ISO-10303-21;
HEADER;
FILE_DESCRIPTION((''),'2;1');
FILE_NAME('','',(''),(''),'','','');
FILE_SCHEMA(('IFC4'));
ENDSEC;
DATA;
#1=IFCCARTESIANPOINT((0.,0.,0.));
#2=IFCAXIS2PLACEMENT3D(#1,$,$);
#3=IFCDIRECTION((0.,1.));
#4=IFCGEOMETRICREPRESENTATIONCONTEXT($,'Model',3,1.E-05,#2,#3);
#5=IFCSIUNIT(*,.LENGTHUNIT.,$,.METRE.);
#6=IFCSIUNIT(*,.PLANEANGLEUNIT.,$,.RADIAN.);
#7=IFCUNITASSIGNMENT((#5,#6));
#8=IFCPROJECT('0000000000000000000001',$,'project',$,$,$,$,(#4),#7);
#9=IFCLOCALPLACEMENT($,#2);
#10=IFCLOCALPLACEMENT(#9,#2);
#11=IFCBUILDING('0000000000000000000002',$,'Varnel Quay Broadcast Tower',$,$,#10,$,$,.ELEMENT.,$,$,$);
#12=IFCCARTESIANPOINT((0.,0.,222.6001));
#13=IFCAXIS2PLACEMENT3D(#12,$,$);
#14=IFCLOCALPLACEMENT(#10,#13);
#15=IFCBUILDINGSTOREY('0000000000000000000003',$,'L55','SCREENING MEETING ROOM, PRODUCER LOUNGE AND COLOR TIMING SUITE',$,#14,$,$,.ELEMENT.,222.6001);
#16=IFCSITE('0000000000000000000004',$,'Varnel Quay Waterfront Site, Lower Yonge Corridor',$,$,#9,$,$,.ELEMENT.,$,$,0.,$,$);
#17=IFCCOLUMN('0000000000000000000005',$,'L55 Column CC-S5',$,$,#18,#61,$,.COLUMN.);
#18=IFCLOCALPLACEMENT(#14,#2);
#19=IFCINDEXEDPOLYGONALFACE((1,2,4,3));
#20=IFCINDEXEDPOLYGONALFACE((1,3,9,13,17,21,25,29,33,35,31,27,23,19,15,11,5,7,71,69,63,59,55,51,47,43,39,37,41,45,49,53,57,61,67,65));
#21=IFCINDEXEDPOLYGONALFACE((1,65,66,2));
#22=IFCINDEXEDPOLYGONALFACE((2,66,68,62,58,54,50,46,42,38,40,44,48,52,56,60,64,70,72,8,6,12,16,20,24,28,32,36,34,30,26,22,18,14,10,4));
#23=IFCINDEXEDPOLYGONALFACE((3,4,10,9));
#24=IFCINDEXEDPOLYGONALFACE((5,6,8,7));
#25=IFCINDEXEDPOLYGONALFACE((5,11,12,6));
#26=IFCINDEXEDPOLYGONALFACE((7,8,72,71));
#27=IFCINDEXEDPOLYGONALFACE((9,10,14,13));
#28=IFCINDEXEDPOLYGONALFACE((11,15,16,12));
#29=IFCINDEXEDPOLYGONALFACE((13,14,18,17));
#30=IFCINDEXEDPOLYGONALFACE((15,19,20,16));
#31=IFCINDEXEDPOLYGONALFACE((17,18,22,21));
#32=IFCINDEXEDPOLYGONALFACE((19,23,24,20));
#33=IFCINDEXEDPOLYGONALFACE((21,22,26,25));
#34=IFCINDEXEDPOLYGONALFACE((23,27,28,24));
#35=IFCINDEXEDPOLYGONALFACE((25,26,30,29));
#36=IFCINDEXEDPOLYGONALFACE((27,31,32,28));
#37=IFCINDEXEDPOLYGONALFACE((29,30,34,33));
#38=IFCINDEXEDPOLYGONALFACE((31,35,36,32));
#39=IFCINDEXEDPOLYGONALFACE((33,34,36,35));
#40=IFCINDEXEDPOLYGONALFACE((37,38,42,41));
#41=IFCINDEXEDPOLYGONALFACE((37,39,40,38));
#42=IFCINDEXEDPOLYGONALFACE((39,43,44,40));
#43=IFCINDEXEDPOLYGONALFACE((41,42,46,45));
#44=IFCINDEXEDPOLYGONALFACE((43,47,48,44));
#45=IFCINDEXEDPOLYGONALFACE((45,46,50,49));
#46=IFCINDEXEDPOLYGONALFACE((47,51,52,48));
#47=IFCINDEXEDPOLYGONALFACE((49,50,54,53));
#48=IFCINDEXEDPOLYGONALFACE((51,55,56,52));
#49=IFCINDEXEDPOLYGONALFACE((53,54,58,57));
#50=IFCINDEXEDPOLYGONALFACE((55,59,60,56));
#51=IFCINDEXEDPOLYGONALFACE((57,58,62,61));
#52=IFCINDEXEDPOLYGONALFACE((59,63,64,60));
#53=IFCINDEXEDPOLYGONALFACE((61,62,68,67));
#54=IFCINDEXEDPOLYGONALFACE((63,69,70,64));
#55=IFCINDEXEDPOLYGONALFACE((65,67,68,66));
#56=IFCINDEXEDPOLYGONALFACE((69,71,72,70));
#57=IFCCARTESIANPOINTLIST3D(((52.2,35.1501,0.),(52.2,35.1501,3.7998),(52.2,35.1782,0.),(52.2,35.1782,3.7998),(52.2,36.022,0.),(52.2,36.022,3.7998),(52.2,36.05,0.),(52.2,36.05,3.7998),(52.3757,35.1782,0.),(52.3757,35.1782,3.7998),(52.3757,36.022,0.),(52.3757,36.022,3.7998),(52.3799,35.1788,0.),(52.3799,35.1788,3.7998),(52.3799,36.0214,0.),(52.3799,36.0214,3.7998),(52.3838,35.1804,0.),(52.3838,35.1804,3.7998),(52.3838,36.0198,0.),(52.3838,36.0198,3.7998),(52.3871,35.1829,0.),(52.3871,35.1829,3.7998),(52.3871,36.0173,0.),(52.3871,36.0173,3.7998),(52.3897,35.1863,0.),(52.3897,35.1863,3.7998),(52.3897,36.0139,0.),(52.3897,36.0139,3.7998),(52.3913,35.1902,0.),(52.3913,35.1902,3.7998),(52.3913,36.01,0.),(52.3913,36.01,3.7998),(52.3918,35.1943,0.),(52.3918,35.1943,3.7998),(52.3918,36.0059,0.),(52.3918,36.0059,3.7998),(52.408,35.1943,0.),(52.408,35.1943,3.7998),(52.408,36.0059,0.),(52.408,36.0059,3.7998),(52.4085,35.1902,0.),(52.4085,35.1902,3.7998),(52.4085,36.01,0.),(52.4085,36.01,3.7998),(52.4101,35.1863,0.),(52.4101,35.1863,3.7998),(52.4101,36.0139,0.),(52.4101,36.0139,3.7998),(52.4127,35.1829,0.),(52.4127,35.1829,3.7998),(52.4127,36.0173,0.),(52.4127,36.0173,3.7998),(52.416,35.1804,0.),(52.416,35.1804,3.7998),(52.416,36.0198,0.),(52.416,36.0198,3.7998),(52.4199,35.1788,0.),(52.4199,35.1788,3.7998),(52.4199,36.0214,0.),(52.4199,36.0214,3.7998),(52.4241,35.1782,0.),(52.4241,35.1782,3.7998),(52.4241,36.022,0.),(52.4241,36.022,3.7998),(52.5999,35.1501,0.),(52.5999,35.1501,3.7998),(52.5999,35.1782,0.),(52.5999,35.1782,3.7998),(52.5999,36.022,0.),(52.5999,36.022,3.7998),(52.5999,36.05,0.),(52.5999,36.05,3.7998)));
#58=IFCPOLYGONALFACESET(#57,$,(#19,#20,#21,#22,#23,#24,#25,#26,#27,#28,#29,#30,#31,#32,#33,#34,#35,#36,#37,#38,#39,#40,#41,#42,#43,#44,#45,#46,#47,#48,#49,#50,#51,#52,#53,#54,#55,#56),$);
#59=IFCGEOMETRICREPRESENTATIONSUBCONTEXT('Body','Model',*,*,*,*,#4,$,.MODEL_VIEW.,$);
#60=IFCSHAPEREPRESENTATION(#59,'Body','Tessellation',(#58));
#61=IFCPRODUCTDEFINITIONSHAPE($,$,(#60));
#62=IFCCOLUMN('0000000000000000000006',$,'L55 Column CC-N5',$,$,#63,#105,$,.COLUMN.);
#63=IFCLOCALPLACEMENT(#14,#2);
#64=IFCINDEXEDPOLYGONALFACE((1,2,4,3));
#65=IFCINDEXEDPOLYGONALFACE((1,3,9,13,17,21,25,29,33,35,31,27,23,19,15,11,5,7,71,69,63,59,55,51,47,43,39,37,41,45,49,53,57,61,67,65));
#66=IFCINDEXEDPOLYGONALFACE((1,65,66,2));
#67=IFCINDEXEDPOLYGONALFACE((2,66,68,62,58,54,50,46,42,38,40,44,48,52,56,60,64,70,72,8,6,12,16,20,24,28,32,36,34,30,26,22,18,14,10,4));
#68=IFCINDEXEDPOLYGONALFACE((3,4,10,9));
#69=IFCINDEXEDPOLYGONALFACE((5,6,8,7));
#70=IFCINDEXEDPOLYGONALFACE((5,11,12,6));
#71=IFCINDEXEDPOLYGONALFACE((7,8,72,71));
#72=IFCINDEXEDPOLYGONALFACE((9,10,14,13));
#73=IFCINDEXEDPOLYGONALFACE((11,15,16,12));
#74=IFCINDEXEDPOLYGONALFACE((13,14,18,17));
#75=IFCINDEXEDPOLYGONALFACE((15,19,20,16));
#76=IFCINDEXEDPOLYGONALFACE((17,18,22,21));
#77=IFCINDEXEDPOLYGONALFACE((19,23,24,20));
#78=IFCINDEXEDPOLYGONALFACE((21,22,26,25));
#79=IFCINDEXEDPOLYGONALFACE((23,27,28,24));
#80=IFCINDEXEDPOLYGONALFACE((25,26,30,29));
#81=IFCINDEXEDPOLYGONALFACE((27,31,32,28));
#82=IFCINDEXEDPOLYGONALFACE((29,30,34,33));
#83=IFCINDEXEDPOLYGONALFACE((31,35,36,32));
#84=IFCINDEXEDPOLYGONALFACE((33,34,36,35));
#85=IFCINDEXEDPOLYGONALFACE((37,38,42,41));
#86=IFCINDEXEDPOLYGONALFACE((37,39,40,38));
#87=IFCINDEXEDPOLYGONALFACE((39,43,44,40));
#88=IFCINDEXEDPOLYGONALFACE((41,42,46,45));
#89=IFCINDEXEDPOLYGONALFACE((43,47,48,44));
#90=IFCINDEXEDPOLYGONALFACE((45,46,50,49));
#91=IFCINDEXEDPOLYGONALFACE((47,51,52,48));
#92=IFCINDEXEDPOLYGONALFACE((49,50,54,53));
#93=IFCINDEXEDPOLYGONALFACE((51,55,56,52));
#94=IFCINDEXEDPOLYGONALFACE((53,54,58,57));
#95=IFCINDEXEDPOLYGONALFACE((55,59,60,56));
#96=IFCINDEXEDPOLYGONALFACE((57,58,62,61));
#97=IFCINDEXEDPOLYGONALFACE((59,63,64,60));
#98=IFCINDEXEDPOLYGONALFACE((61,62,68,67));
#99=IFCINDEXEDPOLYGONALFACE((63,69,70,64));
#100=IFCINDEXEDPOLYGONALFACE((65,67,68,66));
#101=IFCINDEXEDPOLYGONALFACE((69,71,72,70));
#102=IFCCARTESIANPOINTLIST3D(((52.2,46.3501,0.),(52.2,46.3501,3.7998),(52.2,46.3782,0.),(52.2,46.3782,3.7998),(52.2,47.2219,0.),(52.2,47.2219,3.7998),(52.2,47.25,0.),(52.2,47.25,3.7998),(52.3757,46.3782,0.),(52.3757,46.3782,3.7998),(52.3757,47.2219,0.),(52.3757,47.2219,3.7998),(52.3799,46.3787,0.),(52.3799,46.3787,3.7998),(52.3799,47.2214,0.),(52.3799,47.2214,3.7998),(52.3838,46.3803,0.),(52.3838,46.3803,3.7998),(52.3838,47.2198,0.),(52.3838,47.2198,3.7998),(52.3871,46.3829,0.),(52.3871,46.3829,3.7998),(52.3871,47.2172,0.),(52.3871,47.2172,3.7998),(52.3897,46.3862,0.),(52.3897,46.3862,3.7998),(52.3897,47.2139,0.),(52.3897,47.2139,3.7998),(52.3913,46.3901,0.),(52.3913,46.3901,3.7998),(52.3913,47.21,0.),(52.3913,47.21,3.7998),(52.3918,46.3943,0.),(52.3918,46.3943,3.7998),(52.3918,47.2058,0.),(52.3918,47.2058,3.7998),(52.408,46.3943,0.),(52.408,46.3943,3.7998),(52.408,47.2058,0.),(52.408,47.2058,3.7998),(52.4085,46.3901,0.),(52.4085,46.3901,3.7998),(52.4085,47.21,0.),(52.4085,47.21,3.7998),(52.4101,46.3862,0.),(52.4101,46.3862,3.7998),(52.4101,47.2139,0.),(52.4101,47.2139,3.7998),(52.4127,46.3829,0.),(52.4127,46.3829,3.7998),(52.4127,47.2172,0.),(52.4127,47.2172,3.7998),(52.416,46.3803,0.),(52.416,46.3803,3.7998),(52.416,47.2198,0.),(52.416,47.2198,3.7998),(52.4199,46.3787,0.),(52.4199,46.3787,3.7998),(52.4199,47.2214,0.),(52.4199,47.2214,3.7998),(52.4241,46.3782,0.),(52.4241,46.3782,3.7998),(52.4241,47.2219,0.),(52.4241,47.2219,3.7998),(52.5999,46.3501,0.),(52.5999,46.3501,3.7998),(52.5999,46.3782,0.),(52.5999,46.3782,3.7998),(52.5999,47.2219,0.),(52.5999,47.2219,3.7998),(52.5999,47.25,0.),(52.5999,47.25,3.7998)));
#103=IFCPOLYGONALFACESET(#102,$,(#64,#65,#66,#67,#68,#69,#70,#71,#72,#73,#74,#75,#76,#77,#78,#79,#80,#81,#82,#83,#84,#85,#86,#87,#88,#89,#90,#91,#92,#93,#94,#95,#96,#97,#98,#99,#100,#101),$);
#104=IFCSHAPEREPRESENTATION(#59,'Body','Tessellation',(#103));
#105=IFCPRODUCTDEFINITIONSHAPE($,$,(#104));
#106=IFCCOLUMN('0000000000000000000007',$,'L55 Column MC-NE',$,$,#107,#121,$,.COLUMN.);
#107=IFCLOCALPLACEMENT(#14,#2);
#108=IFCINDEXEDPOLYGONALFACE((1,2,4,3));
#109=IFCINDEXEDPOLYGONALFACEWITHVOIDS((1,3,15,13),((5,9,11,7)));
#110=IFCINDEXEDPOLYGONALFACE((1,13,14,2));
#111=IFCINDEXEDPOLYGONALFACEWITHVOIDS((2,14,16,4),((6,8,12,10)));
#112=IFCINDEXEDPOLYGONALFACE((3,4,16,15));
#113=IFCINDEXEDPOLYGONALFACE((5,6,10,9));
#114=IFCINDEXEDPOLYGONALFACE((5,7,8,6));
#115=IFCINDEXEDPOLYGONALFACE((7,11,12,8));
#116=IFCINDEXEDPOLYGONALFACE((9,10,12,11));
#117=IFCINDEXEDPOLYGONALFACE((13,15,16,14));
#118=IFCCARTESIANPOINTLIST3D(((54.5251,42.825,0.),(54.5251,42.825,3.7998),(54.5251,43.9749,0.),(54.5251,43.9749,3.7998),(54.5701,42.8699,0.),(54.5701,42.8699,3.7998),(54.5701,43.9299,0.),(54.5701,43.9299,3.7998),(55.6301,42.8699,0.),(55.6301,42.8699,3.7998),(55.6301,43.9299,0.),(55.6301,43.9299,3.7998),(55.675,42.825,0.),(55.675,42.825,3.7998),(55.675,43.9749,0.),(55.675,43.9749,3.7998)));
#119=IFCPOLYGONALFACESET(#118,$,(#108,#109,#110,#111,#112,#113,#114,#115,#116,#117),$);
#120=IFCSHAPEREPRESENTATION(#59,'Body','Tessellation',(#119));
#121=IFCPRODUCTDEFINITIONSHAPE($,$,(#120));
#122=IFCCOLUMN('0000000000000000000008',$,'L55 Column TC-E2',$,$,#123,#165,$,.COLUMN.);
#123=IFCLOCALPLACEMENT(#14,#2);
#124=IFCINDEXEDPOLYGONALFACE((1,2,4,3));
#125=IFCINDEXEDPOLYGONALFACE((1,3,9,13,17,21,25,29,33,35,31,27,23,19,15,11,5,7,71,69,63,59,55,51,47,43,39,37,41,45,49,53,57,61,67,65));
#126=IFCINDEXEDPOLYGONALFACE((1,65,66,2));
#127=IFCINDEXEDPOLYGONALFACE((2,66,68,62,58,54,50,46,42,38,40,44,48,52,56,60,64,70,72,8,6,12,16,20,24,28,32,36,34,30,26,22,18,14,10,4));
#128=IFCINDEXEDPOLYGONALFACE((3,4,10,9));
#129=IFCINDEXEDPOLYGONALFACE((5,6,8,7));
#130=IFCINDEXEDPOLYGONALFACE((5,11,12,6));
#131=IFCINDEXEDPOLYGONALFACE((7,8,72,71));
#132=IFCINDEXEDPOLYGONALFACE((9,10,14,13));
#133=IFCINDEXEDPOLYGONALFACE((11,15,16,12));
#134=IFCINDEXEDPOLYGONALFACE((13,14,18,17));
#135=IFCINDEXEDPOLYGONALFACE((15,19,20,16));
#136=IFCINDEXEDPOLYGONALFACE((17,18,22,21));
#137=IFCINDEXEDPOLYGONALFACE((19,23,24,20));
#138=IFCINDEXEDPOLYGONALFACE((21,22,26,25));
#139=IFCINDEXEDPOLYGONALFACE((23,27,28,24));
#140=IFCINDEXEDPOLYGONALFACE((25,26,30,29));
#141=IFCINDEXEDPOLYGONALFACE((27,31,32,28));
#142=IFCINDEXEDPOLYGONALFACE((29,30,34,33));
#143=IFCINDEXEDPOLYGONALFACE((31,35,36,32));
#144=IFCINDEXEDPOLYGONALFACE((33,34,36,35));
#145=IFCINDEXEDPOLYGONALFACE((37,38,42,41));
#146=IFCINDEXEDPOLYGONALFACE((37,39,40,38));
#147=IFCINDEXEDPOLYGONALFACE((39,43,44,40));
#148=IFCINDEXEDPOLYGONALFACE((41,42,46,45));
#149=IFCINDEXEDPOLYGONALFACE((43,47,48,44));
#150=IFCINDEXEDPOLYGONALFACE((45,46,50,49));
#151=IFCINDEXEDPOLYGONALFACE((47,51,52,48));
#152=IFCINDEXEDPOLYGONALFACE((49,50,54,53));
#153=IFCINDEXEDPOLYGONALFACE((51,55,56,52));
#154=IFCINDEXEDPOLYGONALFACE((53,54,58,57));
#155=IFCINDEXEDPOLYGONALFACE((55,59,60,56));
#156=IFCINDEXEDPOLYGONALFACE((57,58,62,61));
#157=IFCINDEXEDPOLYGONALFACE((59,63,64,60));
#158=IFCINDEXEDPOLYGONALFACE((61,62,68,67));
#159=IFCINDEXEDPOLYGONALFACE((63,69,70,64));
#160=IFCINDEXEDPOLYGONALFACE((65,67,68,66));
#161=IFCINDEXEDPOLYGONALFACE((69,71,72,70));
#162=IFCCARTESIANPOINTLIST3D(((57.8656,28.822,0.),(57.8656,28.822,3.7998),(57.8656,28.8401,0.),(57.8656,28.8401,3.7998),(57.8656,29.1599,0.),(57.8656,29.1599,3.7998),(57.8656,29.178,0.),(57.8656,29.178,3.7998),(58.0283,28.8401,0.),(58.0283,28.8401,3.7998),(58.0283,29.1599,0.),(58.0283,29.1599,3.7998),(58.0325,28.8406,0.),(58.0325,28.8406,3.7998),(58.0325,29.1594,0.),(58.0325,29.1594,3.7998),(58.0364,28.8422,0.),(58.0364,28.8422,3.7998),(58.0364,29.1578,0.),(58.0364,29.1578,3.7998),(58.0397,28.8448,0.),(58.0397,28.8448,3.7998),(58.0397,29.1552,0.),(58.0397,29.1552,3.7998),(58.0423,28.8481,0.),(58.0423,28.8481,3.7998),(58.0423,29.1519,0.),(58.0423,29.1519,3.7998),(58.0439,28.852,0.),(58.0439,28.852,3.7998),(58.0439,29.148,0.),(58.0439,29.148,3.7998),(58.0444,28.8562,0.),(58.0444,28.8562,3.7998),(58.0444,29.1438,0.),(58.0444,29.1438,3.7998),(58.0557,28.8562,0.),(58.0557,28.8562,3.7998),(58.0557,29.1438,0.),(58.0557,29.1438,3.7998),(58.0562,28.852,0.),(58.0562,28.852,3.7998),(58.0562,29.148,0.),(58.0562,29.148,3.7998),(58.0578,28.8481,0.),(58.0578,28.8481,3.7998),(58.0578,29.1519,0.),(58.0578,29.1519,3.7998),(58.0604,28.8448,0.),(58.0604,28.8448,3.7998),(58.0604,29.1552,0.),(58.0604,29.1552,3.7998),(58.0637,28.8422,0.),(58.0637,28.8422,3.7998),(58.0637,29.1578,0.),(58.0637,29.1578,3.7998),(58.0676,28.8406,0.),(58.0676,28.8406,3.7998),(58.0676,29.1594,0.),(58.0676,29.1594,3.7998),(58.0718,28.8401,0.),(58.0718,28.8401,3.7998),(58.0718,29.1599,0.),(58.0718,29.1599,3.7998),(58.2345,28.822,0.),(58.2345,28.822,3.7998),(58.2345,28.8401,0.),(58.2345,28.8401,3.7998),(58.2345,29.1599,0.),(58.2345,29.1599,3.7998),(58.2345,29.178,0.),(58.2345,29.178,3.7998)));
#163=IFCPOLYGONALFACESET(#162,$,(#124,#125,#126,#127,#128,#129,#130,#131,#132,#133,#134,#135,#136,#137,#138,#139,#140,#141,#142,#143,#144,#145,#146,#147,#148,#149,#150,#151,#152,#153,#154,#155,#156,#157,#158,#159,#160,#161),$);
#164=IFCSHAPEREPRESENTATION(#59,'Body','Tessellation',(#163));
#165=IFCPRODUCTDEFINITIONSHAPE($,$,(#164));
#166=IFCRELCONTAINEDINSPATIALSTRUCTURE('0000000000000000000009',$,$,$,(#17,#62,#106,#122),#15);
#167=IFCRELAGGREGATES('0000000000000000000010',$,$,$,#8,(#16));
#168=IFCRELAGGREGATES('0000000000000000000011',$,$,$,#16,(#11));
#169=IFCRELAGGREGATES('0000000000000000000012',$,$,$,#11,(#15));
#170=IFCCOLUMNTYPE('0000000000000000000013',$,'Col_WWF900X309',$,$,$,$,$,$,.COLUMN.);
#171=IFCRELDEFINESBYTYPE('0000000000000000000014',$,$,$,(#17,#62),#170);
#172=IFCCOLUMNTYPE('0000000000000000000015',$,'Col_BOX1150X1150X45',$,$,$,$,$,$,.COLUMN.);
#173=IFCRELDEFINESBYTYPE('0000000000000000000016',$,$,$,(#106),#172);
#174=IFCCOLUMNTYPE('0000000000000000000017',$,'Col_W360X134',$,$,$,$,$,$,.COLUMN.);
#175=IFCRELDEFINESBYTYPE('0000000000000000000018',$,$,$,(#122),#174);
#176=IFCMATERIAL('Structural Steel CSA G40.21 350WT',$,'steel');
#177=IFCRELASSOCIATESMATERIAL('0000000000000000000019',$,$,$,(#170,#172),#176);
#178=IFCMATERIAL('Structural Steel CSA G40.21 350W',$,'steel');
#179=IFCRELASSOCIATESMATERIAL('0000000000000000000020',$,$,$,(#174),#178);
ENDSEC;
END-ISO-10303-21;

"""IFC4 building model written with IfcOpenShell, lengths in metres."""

from ifc_helpers import new_model, si_unit, direction, frame, origin, origin_2d, place, context, subcontext, project, spatial, hollow_rectangle, i_section, extrude, source, transform, mapped, material, material_profile, profile_set, type_object, type_shapes, element, save


model = new_model("IFC4")

# Units and contexts
model_context = context("Model", 3, precision=1e-05, world=origin(), true_north=direction((0.0, 1.0)))
body_context = subcontext(model_context, "Body", "Model", "MODEL_VIEW")
ifc_project = project(units=[si_unit("LENGTHUNIT", "METRE"), si_unit("PLANEANGLEUNIT", "RADIAN")], contexts=[model_context])

# Site, building, storey
site_placement = place(None, origin())
site = spatial("IfcSite", under=ifc_project, at=site_placement, Name="Varnel Quay Waterfront Site, Lower Yonge Corridor", CompositionType="ELEMENT", RefElevation=0.0)
building_placement = place(site_placement, origin())
building = spatial("IfcBuilding", under=site, at=building_placement, Name="Varnel Quay Broadcast Tower", CompositionType="ELEMENT")
storey_placement = place(building_placement, frame((0.0, 0.0, 222.6001)))
storey = spatial("IfcBuildingStorey", under=building, at=storey_placement, Name="L55", Description="SCREENING MEETING ROOM, PRODUCER LOUNGE AND COLOR TIMING SUITE", CompositionType="ELEMENT", Elevation=222.6001)

# Columns
ifc_material_1 = material(Name="Structural Steel CSA G40.21 350WT", Category="steel")
ifc_material_profile_1 = material_profile(ifc_material_1, i_section(OverallWidth=0.3999, OverallDepth=0.8999, WebThickness=0.0161, FlangeThickness=0.0281, FilletRadius=0.0161, at=origin_2d()), Name="WWF900X309")
ifc_profile_set_1 = profile_set([ifc_material_profile_1], Name="Structural Steel CSA G40.21 350WT")
column_type_1 = type_object("IfcColumnType", Name="Col_WWF900X309", PredefinedType="COLUMN", material=ifc_profile_set_1)
shared_shape_1 = source(origin(), body_context, "Body", "SweptSolid", [
    extrude(i_section(OverallWidth=0.3999, OverallDepth=0.8999, WebThickness=0.0161, FlangeThickness=0.0281, FilletRadius=0.0161, at=origin_2d()), origin(), (0.0, 0.0, 1.0), 3.7998),
])
type_shapes(column_type_1, [shared_shape_1])
for number, where, z_axis, x_axis, name in (
    (1, (52.3999, 35.6001, 0.0), (0.0, 0.0, 1.0), (1.0, 0.0, 0.0), "L55 Column CC-S5"),
    (2, (52.3999, 46.8, 0.0), (0.0, 0.0, 1.0), (1.0, 0.0, 0.0), "L55 Column CC-N5"),
):
    element("IfcColumn", number, at=place(storey_placement, frame(where, z_axis=z_axis, x_axis=x_axis)), inside=storey, type_object=column_type_1, Name=name, PredefinedType="COLUMN", context=body_context, shape_type="MappedRepresentation", body=[
        mapped(shared_shape_1, transform((0.0, 0.0, 0.0), x_axis=(1.0, 0.0, 0.0), y_axis=(0.0, 1.0, 0.0), z_axis=(0.0, 0.0, 1.0), scale=1.0)),
    ])
ifc_material_profile_2 = material_profile(ifc_material_1, hollow_rectangle(XDim=1.1499, YDim=1.1499, WallThickness=0.0449, at=origin_2d()), Name="BOX1150X1150X45")
ifc_profile_set_2 = profile_set([ifc_material_profile_2], Name="Structural Steel CSA G40.21 350WT")
column_type_2 = type_object("IfcColumnType", Name="Col_BOX1150X1150X45", PredefinedType="COLUMN", material=ifc_profile_set_2)
shared_shape_2 = source(origin(), body_context, "Body", "SweptSolid", [
    extrude(hollow_rectangle(XDim=1.1499, YDim=1.1499, WallThickness=0.0449, at=origin_2d()), origin(), (0.0, 0.0, 1.0), 3.7998),
])
type_shapes(column_type_2, [shared_shape_2])
column_placement = place(storey_placement, frame((55.1001, 43.3999, 0.0), z_axis=(0.0, 0.0, 1.0), x_axis=(1.0, 0.0, 0.0)))
element("IfcColumn", 3, at=column_placement, inside=storey, type_object=column_type_2, Name="L55 Column MC-NE", PredefinedType="COLUMN", context=body_context, shape_type="MappedRepresentation", body=[
    mapped(shared_shape_2, transform((0.0, 0.0, 0.0), x_axis=(1.0, 0.0, 0.0), y_axis=(0.0, 1.0, 0.0), z_axis=(0.0, 0.0, 1.0), scale=1.0)),
])
ifc_material_2 = material(Name="Structural Steel CSA G40.21 350W", Category="steel")
ifc_material_profile_3 = material_profile(ifc_material_2, i_section(OverallWidth=0.3689, OverallDepth=0.356, WebThickness=0.0112, FlangeThickness=0.0181, FilletRadius=0.0161, at=origin_2d()), Name="W360X134")
ifc_profile_set_3 = profile_set([ifc_material_profile_3], Name="Structural Steel CSA G40.21 350W")
column_type_3 = type_object("IfcColumnType", Name="Col_W360X134", PredefinedType="COLUMN", material=ifc_profile_set_3)
shared_shape_3 = source(origin(), body_context, "Body", "SweptSolid", [
    extrude(i_section(OverallWidth=0.3689, OverallDepth=0.356, WebThickness=0.0112, FlangeThickness=0.0181, FilletRadius=0.0161, at=origin_2d()), origin(), (0.0, 0.0, 1.0), 3.7998),
])
type_shapes(column_type_3, [shared_shape_3])
for number, where, z_axis, x_axis, name in (
    (4, (58.05, 29.0, 0.0), (0.0, 0.0, 1.0), (1.0, 0.0, 0.0), "L55 Column TC-E2"),
):
    element("IfcColumn", number, at=place(storey_placement, frame(where, z_axis=z_axis, x_axis=x_axis)), inside=storey, type_object=column_type_3, Name=name, PredefinedType="COLUMN", context=body_context, shape_type="MappedRepresentation", body=[
        mapped(shared_shape_3, transform((0.0, 0.0, 0.0), x_axis=(1.0, 0.0, 0.0), y_axis=(0.0, 1.0, 0.0), z_axis=(0.0, 0.0, 1.0), scale=1.0)),
    ])

save(model, "model.ifc")
